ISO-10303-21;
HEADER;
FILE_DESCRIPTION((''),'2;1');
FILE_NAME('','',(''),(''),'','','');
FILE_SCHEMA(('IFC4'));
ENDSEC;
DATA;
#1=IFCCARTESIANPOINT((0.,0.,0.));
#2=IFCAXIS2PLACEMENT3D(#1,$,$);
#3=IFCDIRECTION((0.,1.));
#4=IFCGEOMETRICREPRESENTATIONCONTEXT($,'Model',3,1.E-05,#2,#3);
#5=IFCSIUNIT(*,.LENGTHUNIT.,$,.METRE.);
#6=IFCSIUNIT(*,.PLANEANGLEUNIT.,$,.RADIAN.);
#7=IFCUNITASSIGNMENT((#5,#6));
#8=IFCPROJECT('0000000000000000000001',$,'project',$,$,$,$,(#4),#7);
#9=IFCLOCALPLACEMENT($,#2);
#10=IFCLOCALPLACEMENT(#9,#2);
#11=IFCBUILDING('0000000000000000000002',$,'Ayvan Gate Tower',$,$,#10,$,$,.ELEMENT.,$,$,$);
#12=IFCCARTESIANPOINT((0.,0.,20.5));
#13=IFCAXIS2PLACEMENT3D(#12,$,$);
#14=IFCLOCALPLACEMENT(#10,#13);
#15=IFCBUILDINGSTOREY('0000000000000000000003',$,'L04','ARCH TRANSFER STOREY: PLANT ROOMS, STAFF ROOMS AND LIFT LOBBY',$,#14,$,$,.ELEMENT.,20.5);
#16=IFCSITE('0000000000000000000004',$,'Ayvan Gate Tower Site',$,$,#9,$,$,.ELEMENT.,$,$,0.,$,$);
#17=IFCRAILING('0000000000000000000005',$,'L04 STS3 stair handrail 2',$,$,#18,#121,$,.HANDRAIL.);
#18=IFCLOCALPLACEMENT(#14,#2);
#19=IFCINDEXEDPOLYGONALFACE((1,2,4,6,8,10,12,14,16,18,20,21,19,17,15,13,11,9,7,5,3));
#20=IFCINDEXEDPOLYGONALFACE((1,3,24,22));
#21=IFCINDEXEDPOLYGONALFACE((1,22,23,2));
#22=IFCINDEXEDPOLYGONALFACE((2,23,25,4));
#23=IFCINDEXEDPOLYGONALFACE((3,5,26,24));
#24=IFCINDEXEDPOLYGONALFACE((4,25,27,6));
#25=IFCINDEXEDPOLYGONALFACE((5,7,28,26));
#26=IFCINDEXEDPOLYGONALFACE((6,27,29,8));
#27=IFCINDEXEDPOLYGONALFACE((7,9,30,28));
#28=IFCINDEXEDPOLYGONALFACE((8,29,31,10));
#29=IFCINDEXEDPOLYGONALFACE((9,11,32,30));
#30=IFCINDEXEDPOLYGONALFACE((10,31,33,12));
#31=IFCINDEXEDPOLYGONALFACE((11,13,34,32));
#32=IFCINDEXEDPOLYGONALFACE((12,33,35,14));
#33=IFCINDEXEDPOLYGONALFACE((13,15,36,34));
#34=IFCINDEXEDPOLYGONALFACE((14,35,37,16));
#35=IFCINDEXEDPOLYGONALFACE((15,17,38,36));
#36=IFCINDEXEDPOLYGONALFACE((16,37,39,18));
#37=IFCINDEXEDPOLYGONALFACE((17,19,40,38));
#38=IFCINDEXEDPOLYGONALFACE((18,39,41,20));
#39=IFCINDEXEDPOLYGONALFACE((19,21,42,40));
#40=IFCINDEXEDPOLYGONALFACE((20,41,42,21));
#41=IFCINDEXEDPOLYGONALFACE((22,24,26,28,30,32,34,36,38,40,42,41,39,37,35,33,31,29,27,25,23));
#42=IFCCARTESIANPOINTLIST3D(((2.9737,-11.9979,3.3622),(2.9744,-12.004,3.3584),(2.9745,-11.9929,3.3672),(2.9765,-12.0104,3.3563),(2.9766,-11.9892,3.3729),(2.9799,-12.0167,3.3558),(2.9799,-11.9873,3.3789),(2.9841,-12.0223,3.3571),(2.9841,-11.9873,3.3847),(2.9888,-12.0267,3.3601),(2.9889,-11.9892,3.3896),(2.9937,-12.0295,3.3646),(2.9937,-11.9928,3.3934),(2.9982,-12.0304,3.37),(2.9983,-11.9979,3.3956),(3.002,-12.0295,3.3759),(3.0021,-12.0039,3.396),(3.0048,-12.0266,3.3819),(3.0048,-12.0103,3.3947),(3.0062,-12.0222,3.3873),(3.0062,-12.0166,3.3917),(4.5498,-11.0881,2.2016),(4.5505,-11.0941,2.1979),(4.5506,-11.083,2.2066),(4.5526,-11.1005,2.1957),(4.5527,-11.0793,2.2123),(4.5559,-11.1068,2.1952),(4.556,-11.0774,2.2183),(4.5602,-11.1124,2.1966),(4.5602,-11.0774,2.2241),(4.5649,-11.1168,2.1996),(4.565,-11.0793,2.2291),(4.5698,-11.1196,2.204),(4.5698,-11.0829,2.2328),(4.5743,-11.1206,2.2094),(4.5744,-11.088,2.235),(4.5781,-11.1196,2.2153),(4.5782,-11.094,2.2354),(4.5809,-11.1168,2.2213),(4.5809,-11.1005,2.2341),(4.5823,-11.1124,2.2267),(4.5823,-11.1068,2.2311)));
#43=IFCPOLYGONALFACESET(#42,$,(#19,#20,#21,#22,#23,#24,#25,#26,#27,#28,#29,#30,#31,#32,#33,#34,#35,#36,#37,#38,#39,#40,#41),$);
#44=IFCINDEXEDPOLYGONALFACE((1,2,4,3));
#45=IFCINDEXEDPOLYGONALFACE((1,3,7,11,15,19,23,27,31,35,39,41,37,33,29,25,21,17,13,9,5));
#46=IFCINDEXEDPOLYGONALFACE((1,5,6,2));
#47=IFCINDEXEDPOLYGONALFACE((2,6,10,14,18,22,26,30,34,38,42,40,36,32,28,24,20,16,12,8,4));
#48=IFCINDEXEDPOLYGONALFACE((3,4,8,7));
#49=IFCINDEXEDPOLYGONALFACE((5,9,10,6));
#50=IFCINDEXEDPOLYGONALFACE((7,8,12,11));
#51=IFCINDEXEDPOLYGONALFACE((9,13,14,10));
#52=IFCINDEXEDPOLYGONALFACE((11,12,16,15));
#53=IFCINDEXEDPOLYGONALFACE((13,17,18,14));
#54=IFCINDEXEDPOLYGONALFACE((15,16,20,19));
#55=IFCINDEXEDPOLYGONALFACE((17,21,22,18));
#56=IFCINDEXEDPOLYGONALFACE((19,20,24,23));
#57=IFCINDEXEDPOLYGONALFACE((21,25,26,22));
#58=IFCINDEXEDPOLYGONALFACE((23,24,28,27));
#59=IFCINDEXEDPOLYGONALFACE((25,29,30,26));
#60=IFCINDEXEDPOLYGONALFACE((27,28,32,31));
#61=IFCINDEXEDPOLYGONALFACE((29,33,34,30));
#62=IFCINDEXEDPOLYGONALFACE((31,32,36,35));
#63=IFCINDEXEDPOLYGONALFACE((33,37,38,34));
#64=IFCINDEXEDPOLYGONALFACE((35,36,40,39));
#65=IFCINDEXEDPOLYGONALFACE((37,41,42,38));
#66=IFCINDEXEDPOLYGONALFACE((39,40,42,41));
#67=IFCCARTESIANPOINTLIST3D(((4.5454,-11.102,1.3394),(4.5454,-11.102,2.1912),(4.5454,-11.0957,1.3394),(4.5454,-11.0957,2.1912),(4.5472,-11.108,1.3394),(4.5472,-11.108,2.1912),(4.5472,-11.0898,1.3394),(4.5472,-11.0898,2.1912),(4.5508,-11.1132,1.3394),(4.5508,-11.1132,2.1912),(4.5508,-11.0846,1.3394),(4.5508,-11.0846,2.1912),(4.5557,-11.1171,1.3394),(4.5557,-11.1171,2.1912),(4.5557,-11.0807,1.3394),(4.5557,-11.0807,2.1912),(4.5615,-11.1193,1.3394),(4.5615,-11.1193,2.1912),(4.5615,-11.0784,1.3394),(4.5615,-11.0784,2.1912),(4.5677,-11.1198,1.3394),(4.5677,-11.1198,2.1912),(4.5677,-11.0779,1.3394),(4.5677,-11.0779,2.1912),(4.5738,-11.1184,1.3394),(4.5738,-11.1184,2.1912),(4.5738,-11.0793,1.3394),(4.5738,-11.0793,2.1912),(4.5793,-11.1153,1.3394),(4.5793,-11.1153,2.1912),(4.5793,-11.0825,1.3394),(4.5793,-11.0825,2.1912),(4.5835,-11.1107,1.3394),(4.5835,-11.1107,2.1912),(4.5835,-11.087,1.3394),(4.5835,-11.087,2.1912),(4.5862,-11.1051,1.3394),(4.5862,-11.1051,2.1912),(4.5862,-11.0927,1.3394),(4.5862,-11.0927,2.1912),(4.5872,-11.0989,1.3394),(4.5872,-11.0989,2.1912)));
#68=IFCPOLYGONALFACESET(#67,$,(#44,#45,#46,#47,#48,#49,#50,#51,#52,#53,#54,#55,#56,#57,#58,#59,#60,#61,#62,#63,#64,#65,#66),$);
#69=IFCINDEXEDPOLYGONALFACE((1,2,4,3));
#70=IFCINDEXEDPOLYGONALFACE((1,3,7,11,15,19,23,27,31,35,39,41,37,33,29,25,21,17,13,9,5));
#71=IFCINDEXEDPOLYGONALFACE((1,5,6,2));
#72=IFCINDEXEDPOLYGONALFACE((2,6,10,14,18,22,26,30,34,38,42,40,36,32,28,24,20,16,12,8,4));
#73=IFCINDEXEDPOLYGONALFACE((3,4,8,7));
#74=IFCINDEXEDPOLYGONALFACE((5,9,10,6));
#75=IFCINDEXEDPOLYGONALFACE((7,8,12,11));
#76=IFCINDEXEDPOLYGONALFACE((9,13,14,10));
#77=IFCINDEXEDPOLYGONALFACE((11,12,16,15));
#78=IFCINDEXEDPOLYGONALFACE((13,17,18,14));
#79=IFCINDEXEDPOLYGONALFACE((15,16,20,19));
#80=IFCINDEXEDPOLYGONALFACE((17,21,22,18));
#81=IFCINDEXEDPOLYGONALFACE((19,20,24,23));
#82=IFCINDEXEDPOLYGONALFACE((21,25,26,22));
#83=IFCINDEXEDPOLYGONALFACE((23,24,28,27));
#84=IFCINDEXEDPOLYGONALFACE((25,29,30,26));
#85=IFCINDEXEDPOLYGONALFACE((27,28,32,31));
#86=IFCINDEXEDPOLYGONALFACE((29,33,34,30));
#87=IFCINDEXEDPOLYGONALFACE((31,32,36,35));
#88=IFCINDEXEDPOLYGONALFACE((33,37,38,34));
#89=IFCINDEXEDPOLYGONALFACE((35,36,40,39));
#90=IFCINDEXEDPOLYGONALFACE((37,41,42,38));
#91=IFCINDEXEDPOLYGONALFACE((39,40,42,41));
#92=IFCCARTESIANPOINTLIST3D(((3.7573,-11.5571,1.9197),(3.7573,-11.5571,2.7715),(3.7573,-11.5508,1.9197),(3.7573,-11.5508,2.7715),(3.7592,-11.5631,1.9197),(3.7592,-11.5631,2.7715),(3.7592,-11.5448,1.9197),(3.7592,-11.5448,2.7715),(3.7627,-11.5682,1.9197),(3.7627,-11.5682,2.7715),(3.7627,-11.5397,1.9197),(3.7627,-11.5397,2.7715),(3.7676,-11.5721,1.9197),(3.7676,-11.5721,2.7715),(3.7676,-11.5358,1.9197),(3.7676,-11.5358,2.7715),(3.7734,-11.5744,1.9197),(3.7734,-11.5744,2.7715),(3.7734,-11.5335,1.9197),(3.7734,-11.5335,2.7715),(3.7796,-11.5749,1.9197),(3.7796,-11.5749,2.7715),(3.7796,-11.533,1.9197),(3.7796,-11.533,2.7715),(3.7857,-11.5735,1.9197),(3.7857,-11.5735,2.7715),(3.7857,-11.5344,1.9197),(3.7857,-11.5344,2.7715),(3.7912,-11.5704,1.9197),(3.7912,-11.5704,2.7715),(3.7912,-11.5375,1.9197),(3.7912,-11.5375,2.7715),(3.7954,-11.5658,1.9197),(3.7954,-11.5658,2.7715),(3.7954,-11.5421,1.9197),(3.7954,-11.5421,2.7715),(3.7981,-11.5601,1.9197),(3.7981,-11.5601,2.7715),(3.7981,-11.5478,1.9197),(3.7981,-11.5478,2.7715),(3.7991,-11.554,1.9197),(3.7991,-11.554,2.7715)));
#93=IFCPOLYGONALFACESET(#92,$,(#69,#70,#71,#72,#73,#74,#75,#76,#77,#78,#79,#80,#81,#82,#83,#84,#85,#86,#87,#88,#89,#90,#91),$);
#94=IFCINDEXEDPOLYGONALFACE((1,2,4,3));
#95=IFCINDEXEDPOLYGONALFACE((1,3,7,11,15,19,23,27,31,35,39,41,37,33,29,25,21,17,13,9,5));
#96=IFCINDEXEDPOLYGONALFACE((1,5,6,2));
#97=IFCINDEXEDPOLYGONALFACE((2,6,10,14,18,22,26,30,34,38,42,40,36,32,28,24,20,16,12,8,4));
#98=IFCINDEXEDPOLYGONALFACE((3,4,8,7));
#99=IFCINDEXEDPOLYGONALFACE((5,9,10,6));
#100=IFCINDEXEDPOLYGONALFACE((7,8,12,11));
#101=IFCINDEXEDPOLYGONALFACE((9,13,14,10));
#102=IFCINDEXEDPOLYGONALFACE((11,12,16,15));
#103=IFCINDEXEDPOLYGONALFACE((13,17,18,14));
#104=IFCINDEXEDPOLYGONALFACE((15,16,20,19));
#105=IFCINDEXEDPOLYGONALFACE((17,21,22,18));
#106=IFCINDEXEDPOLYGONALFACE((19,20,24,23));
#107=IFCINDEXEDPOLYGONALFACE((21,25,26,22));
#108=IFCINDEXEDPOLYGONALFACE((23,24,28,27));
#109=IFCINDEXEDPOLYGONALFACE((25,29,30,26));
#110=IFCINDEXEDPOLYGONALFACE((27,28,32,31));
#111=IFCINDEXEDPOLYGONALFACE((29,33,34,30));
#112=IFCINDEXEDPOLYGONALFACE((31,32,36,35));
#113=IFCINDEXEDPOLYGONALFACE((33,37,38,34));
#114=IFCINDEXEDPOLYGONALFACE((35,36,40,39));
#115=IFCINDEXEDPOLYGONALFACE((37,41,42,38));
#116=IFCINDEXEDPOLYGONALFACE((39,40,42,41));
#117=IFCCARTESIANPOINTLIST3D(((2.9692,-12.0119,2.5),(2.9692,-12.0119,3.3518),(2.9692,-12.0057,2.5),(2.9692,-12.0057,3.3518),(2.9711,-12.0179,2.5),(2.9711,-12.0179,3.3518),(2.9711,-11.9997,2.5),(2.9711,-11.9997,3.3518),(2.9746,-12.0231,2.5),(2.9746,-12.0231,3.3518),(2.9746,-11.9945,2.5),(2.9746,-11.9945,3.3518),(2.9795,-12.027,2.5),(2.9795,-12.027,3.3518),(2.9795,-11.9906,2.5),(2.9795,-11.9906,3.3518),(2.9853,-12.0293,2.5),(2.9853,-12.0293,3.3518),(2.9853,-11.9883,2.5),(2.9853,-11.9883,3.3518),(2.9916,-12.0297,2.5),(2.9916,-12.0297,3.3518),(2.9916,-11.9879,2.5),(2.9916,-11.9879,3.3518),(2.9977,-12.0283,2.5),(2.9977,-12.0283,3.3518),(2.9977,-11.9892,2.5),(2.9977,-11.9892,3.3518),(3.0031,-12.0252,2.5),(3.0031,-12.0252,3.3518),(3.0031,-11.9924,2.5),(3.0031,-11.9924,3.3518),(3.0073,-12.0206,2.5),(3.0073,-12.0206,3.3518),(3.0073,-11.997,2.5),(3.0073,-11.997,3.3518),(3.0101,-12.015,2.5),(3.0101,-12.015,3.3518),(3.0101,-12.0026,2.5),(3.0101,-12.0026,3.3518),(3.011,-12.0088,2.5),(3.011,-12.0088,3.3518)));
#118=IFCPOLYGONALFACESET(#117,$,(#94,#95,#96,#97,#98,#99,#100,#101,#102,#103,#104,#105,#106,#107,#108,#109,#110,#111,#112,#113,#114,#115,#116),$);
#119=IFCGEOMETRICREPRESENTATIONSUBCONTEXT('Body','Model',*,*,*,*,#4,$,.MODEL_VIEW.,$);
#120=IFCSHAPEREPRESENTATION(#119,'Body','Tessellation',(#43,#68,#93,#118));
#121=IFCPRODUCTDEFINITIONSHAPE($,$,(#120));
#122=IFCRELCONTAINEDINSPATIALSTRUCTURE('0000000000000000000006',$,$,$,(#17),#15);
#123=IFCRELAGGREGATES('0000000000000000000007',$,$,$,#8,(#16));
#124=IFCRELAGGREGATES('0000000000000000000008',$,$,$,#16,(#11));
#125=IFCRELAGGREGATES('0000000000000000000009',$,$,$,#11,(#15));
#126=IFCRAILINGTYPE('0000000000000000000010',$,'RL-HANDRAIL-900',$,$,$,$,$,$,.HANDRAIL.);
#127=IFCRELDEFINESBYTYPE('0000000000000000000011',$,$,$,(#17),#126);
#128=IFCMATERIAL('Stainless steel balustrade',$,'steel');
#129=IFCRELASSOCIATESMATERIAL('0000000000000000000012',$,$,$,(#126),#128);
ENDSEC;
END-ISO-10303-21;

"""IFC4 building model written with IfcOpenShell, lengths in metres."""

from ifc_helpers import new_model, si_unit, direction, frame, origin, origin_2d, place, context, subcontext, project, spatial, circle, extrude, material, type_object, element, save


model = new_model("IFC4")

# Units and contexts
model_context = context("Model", 3, precision=1e-05, world=origin(), true_north=direction((0.0, 1.0)))
body_context = subcontext(model_context, "Body", "Model", "MODEL_VIEW")
ifc_project = project(units=[si_unit("LENGTHUNIT", "METRE"), si_unit("PLANEANGLEUNIT", "RADIAN")], contexts=[model_context])

# Site, building, storey
site_placement = place(None, origin())
site = spatial("IfcSite", under=ifc_project, at=site_placement, Name="Ayvan Gate Tower Site", CompositionType="ELEMENT", RefElevation=0.0)
building_placement = place(site_placement, origin())
building = spatial("IfcBuilding", under=site, at=building_placement, Name="Ayvan Gate Tower", CompositionType="ELEMENT")
storey_placement = place(building_placement, frame((0.0, 0.0, 20.5)))
storey = spatial("IfcBuildingStorey", under=building, at=storey_placement, Name="L04", Description="ARCH TRANSFER STOREY: PLANT ROOMS, STAFF ROOMS AND LIFT LOBBY", CompositionType="ELEMENT", Elevation=20.5)

# Railing
ifc_material_1 = material(Name="Stainless steel balustrade", Category="steel")
railing_type_1 = type_object("IfcRailingType", Name="RL-HANDRAIL-900", PredefinedType="HANDRAIL", material=ifc_material_1)
railing_1_placement = place(storey_placement, frame((4.5662, -11.0989, 1.3394)))
element("IfcRailing", 1, at=railing_1_placement, inside=storey, type_object=railing_type_1, Name="L04 STS3 stair handrail 2", PredefinedType="HANDRAIL", context=body_context, shape_type="SweptSolid", body=[
    extrude(circle(Radius=0.0239, at=origin_2d()), frame((0.0, 0.0, 0.876), z_axis=(-0.730198, -0.421538, 0.537695), x_axis=(0.499962, -0.866047, 0.0)), (0.0, 0.0, 1.0), 2.1584),
    extrude(circle(Radius=0.021, at=origin_2d()), origin(), (0.0, 0.0, 1.0), 0.8518),
    extrude(circle(Radius=0.021, at=origin_2d()), frame((-0.7881, -0.4551, 0.5803)), (0.0, 0.0, 1.0), 0.8518),
    extrude(circle(Radius=0.021, at=origin_2d()), frame((-1.5762, -0.9099, 1.1606)), (0.0, 0.0, 1.0), 0.8518),
])

save(model, "model.ifc")
